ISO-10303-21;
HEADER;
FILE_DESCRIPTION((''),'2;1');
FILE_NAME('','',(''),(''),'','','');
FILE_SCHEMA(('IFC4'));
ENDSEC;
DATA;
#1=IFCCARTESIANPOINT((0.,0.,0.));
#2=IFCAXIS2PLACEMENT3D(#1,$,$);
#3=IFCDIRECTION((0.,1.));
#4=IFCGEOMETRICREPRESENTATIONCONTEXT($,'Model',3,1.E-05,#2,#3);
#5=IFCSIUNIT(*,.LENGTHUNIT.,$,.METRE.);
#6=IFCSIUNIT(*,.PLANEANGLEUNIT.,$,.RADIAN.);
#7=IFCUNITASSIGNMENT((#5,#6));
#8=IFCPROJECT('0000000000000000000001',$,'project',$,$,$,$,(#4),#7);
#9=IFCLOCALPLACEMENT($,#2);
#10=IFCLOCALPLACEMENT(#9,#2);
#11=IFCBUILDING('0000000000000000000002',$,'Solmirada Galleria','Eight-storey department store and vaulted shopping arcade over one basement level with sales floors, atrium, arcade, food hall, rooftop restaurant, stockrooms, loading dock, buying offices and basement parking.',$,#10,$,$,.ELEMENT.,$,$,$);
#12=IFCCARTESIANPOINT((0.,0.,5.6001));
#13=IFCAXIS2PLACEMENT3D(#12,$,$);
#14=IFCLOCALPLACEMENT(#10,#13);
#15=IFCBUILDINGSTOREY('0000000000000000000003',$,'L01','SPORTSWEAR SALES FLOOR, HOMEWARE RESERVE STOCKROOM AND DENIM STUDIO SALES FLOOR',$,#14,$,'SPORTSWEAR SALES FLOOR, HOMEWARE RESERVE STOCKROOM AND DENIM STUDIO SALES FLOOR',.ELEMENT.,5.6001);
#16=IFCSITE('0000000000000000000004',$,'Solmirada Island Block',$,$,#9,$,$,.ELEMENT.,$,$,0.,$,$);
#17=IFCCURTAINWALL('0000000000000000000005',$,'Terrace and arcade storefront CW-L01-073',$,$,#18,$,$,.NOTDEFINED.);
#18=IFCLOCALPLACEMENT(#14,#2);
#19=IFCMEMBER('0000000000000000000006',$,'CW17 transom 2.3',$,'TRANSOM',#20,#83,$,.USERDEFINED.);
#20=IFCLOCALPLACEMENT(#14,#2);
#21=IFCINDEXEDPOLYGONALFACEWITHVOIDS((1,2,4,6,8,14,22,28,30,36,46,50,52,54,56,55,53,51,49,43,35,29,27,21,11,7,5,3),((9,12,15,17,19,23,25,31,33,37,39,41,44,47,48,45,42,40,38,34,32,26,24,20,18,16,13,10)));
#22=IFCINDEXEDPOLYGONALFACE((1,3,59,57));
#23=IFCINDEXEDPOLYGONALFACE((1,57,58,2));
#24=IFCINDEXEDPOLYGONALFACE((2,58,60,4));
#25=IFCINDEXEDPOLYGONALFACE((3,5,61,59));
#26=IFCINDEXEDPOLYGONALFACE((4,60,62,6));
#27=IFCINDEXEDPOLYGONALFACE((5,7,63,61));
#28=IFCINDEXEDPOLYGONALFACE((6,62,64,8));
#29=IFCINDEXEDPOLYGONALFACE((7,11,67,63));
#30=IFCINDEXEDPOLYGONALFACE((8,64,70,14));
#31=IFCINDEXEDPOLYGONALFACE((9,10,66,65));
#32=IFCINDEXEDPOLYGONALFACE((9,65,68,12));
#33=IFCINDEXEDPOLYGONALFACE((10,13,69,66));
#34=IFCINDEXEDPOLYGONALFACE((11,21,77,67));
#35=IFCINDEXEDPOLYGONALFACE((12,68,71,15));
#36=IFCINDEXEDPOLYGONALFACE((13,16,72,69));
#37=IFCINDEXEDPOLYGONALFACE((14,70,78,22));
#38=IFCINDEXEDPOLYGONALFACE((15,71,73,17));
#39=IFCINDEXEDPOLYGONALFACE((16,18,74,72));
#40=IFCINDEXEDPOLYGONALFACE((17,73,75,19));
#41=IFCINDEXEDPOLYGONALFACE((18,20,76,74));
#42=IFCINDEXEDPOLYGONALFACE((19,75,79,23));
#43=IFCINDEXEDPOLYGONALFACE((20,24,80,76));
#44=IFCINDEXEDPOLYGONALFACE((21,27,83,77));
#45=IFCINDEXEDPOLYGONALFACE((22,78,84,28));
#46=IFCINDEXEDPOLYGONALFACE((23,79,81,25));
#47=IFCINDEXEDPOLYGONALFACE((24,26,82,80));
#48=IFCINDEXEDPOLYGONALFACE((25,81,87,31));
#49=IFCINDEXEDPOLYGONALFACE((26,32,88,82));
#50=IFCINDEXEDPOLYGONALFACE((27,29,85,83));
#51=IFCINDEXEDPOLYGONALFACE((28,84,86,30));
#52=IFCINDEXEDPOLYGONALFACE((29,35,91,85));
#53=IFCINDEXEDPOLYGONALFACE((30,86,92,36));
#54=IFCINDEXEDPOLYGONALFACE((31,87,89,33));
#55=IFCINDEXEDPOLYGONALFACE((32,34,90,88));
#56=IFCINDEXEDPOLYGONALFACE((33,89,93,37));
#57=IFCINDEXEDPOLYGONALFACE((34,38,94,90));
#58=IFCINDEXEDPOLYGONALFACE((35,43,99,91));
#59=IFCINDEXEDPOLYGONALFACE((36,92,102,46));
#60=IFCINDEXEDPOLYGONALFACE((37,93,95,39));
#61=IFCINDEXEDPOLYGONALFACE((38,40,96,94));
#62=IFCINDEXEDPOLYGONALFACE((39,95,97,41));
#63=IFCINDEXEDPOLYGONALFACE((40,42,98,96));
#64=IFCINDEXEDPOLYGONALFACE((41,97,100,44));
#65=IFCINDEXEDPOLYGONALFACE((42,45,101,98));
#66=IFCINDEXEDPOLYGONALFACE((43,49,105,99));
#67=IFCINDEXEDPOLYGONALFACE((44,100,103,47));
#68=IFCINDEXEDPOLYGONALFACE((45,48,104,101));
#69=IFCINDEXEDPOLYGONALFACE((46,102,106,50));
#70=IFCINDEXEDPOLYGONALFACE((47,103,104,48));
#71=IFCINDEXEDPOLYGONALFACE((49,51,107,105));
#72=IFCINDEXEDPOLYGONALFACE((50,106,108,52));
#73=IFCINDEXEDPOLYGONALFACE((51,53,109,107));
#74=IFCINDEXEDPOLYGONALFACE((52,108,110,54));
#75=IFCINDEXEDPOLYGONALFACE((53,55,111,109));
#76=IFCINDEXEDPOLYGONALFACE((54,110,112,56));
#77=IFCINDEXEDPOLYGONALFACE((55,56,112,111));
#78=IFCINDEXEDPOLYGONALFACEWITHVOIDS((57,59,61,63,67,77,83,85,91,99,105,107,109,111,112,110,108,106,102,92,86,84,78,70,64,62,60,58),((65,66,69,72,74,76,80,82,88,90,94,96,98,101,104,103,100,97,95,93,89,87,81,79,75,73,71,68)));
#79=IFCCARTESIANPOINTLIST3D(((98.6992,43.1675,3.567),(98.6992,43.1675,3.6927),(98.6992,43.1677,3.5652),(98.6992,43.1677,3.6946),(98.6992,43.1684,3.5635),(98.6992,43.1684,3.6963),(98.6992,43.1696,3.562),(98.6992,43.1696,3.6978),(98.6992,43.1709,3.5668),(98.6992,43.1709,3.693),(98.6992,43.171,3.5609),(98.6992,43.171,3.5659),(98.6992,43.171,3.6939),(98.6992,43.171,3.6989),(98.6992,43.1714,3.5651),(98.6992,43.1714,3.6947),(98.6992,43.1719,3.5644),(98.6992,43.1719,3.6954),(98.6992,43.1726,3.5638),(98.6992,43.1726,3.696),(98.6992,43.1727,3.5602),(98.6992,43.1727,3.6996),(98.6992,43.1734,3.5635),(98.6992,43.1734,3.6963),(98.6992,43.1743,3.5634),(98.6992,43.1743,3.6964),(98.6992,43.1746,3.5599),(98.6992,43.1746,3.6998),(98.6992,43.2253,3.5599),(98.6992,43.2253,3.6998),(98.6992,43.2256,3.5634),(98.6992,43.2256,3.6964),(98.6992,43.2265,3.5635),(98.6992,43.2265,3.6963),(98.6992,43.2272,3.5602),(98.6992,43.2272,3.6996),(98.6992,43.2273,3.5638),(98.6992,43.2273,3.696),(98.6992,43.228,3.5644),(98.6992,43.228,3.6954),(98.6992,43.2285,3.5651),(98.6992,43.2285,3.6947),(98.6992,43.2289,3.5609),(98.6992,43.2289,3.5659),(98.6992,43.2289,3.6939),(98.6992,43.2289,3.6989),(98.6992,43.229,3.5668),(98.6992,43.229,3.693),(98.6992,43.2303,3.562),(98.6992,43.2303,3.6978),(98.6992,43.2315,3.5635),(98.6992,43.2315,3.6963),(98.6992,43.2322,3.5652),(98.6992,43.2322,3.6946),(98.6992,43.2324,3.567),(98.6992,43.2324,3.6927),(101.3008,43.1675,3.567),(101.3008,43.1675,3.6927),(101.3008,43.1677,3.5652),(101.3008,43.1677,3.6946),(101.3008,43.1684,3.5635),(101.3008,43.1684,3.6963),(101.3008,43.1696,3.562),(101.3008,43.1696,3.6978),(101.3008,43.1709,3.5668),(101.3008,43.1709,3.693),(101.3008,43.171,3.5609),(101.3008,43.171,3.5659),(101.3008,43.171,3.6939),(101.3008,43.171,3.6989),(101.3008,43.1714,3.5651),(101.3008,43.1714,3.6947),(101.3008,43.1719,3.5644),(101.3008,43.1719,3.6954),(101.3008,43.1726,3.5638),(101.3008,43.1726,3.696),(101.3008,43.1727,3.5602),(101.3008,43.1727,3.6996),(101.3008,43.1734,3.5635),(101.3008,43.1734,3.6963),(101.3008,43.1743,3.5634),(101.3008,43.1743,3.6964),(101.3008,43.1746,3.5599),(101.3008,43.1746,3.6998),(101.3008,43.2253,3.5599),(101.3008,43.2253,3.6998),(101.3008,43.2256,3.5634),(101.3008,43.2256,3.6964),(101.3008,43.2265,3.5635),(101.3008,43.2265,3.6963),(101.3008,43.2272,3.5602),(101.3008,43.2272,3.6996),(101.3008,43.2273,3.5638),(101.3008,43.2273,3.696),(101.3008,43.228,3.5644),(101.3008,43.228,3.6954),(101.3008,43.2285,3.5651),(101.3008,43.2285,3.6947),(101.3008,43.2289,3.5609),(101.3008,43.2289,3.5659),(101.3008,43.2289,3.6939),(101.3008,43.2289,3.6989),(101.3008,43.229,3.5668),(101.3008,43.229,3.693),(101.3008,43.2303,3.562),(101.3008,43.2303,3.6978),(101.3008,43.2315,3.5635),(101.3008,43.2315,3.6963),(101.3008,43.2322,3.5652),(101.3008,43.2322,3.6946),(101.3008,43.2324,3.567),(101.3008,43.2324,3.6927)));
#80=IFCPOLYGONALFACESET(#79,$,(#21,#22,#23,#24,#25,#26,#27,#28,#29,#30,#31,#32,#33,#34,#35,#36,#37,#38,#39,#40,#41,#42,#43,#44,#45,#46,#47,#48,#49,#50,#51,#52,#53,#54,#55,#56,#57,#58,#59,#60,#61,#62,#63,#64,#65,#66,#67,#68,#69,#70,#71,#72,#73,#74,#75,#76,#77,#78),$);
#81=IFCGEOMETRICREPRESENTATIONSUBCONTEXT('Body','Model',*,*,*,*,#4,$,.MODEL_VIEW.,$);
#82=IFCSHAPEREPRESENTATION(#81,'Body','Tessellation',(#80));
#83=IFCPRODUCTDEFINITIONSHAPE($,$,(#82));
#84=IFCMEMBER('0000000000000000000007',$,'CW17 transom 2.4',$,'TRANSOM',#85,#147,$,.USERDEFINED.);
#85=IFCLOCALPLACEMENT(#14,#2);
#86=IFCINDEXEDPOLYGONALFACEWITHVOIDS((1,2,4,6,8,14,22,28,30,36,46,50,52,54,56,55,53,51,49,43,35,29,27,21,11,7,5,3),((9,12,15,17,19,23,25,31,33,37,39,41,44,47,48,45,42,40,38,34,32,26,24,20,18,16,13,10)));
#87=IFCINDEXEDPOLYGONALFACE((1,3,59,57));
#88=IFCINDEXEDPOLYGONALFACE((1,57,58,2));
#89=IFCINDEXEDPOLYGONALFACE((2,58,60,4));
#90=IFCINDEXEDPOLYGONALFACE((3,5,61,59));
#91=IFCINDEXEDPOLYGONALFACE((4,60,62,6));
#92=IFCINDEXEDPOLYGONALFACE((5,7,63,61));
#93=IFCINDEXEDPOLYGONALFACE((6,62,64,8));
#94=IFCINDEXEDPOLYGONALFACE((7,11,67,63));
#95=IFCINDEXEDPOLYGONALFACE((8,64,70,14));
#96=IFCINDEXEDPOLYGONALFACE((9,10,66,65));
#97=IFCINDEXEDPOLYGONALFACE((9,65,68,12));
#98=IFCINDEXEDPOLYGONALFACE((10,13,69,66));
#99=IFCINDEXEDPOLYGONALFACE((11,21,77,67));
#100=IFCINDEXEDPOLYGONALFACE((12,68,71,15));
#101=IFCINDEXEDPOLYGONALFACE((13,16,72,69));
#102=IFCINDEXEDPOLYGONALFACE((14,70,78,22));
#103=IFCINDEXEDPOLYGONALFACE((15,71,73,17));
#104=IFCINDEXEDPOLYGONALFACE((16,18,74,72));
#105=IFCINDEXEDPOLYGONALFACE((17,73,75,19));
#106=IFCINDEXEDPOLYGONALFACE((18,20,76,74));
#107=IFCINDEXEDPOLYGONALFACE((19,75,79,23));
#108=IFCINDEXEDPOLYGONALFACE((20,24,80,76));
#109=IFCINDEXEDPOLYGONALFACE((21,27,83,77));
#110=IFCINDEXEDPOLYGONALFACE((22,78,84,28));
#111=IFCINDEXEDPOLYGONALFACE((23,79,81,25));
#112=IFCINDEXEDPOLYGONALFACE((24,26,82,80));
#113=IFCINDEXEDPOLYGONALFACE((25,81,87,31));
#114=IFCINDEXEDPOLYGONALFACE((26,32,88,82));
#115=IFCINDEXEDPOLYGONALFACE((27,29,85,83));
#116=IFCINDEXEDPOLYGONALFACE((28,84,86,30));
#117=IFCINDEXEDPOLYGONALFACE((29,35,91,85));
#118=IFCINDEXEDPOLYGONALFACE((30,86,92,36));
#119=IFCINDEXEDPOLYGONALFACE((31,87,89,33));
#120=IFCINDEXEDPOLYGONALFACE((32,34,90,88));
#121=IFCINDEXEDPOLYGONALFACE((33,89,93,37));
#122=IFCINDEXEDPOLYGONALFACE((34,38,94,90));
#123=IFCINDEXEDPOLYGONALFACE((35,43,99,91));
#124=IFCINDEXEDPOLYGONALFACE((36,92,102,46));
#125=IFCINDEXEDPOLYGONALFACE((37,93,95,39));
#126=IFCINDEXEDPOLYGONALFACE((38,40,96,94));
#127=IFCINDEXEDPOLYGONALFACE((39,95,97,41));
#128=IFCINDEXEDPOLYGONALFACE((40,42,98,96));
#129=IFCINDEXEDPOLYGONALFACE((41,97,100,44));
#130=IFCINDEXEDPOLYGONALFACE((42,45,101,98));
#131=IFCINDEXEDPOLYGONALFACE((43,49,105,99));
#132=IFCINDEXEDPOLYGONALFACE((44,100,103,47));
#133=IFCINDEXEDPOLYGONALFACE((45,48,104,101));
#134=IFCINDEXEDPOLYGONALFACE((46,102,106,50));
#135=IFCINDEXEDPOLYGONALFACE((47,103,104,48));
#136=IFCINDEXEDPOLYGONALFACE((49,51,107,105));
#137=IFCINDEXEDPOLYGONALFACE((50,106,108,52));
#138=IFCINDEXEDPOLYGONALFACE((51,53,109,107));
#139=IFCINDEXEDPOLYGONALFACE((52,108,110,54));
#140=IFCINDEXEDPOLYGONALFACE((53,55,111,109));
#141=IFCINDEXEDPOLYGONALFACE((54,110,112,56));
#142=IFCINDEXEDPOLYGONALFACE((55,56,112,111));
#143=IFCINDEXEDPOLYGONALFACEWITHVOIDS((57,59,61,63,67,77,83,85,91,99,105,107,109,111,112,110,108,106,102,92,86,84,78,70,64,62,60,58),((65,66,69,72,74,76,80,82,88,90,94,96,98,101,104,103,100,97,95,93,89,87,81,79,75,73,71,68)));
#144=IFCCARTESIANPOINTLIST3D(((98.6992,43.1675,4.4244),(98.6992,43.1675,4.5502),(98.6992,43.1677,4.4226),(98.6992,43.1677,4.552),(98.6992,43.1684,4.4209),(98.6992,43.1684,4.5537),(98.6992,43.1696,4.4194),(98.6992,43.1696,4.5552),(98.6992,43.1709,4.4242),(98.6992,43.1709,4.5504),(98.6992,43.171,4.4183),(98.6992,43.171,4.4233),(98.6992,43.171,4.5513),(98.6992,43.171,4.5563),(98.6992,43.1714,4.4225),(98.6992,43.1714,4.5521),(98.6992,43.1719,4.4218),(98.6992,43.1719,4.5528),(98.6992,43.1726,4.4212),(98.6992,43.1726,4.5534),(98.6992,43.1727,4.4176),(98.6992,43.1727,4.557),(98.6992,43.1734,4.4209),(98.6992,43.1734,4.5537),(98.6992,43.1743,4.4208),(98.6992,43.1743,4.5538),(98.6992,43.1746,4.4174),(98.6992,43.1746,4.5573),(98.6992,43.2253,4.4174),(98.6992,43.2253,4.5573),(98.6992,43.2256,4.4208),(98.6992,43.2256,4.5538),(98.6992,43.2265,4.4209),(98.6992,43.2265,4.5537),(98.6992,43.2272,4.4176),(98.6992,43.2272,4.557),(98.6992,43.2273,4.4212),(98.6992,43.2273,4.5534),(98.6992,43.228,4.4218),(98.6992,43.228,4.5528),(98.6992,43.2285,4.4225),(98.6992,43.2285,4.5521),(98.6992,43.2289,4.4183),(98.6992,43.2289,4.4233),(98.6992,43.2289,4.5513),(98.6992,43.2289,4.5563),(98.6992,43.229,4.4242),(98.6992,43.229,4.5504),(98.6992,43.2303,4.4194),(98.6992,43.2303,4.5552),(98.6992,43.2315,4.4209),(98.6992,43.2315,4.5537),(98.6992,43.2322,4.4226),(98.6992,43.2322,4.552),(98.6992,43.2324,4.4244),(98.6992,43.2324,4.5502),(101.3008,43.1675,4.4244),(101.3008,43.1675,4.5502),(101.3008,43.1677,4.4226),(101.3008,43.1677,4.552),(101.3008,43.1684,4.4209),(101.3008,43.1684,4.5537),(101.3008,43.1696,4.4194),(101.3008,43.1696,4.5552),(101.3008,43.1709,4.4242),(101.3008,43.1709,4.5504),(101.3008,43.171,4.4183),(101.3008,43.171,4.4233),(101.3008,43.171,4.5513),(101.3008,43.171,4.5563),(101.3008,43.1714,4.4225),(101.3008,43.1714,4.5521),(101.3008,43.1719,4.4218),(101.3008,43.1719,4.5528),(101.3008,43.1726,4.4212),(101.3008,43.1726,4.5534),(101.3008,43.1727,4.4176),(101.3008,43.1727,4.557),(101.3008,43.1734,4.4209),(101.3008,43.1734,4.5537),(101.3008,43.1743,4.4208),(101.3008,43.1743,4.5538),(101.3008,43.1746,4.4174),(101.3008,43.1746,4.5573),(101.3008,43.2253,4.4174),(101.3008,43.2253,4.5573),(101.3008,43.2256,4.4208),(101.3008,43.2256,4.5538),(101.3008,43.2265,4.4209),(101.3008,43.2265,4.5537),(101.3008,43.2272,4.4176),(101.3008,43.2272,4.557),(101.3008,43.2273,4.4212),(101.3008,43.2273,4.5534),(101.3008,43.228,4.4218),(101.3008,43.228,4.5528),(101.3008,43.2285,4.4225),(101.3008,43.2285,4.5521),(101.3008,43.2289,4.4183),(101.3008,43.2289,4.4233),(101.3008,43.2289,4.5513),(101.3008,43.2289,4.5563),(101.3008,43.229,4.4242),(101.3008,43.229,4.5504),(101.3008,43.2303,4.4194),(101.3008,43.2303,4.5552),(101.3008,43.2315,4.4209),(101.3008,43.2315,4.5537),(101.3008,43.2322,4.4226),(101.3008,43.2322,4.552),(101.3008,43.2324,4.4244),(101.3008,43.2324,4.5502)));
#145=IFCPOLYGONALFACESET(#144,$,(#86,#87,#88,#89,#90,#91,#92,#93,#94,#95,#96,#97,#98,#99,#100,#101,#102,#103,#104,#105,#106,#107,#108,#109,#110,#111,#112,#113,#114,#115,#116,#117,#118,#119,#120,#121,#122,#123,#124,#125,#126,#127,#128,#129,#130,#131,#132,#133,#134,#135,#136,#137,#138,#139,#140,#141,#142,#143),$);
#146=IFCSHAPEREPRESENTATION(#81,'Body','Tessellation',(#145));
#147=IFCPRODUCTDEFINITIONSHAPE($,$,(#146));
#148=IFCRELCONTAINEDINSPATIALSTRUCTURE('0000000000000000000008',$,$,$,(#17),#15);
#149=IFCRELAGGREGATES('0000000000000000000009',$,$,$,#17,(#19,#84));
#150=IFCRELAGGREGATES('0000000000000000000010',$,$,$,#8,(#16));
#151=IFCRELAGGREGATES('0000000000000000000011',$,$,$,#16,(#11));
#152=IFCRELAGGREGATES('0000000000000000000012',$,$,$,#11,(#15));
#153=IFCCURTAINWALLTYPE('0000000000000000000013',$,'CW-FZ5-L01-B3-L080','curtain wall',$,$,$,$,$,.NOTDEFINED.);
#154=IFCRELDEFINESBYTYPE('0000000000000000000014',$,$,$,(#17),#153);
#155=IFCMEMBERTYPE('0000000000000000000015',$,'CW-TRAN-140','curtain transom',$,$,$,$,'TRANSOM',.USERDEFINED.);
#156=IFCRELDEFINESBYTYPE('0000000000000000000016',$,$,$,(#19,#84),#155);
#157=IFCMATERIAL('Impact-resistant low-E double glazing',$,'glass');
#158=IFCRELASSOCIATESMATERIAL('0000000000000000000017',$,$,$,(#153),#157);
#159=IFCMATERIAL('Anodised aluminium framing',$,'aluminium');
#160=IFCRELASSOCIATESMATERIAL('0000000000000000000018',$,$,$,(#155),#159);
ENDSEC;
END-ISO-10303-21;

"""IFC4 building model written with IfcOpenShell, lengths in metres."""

from ifc_helpers import new_model, si_unit, direction, frame, origin, origin_2d, place, context, subcontext, project, spatial, hollow_rectangle, extrude, material, material_profile, profile_set, type_object, element, aggregate, save


model = new_model("IFC4")

# Units and contexts
model_context = context("Model", 3, precision=1e-05, world=origin(), true_north=direction((0.0, 1.0)))
body_context = subcontext(model_context, "Body", "Model", "MODEL_VIEW")
ifc_project = project(units=[si_unit("LENGTHUNIT", "METRE"), si_unit("PLANEANGLEUNIT", "RADIAN")], contexts=[model_context])

# Site, building, storey
site_placement = place(None, origin())
site = spatial("IfcSite", under=ifc_project, at=site_placement, Name="Solmirada Island Block", CompositionType="ELEMENT", RefElevation=0.0)
building_placement = place(site_placement, origin())
building = spatial("IfcBuilding", under=site, at=building_placement, Name="Solmirada Galleria", Description="Eight-storey department store and vaulted shopping arcade over one basement level with sales floors, atrium, arcade, food hall, rooftop restaurant, stockrooms, loading dock, buying offices and basement parking.", CompositionType="ELEMENT")
storey_placement = place(building_placement, frame((0.0, 0.0, 5.6001)))
storey = spatial("IfcBuildingStorey", under=building, at=storey_placement, Name="L01", Description="SPORTSWEAR SALES FLOOR, HOMEWARE RESERVE STOCKROOM AND DENIM STUDIO SALES FLOOR", LongName="SPORTSWEAR SALES FLOOR, HOMEWARE RESERVE STOCKROOM AND DENIM STUDIO SALES FLOOR", CompositionType="ELEMENT", Elevation=5.6001)

# Curtain wall
ifc_material_1 = material(Name="Impact-resistant low-E double glazing", Category="glass")
ifc_material_2 = material(Name="Anodised aluminium framing", Category="aluminium")
curtain_wall_type_1 = type_object("IfcCurtainWallType", Name="CW-FZ5-L01-B3-L080", Description="curtain wall", PredefinedType="NOTDEFINED", material=ifc_material_1)
curtain_wall_1_placement = place(storey_placement, origin())
curtain_wall_1 = element("IfcCurtainWall", 1, at=curtain_wall_1_placement, inside=storey, type_object=curtain_wall_type_1, Name="Terrace and arcade storefront CW-L01-073", PredefinedType="NOTDEFINED")

# Members
ifc_material_profile_1 = material_profile(ifc_material_2, hollow_rectangle(XDim=0.0649, YDim=0.1399, WallThickness=0.0034, InnerFilletRadius=0.0034, OuterFilletRadius=0.0071, at=origin_2d()), Name="ALU-TRAN-140X65")
ifc_profile_set_1 = profile_set([ifc_material_profile_1], Name="Anodised aluminium framing")
member_type_1 = type_object("IfcMemberType", Name="CW-TRAN-140", Description="curtain transom", ElementType="TRANSOM", PredefinedType="USERDEFINED", material=ifc_profile_set_1)
member_1_placement = place(storey_placement, frame((98.6992, 43.2, 3.6299), z_axis=(1.0, 0.0, 0.0), x_axis=(0.0, 1.0, 0.0)))
member_1 = element("IfcMember", 2, at=member_1_placement, type_object=member_type_1, Name="CW17 transom 2.3", ObjectType="TRANSOM", PredefinedType="USERDEFINED", context=body_context, shape_type="SweptSolid", body=[
    extrude(hollow_rectangle(XDim=0.0649, YDim=0.1399, WallThickness=0.0034, InnerFilletRadius=0.0034, OuterFilletRadius=0.0071, at=origin_2d()), origin(), (0.0, 0.0, 1.0), 2.6016),
])
member_2_placement = place(storey_placement, frame((98.6992, 43.2, 4.4873), z_axis=(1.0, 0.0, 0.0), x_axis=(0.0, 1.0, 0.0)))
member_2 = element("IfcMember", 3, at=member_2_placement, type_object=member_type_1, Name="CW17 transom 2.4", ObjectType="TRANSOM", PredefinedType="USERDEFINED", context=body_context, shape_type="SweptSolid", body=[
    extrude(hollow_rectangle(XDim=0.0649, YDim=0.1399, WallThickness=0.0034, InnerFilletRadius=0.0034, OuterFilletRadius=0.0071, at=origin_2d()), origin(), (0.0, 0.0, 1.0), 2.6016),
])

aggregate(curtain_wall_1, [member_1, member_2])

save(model, "model.ifc")
